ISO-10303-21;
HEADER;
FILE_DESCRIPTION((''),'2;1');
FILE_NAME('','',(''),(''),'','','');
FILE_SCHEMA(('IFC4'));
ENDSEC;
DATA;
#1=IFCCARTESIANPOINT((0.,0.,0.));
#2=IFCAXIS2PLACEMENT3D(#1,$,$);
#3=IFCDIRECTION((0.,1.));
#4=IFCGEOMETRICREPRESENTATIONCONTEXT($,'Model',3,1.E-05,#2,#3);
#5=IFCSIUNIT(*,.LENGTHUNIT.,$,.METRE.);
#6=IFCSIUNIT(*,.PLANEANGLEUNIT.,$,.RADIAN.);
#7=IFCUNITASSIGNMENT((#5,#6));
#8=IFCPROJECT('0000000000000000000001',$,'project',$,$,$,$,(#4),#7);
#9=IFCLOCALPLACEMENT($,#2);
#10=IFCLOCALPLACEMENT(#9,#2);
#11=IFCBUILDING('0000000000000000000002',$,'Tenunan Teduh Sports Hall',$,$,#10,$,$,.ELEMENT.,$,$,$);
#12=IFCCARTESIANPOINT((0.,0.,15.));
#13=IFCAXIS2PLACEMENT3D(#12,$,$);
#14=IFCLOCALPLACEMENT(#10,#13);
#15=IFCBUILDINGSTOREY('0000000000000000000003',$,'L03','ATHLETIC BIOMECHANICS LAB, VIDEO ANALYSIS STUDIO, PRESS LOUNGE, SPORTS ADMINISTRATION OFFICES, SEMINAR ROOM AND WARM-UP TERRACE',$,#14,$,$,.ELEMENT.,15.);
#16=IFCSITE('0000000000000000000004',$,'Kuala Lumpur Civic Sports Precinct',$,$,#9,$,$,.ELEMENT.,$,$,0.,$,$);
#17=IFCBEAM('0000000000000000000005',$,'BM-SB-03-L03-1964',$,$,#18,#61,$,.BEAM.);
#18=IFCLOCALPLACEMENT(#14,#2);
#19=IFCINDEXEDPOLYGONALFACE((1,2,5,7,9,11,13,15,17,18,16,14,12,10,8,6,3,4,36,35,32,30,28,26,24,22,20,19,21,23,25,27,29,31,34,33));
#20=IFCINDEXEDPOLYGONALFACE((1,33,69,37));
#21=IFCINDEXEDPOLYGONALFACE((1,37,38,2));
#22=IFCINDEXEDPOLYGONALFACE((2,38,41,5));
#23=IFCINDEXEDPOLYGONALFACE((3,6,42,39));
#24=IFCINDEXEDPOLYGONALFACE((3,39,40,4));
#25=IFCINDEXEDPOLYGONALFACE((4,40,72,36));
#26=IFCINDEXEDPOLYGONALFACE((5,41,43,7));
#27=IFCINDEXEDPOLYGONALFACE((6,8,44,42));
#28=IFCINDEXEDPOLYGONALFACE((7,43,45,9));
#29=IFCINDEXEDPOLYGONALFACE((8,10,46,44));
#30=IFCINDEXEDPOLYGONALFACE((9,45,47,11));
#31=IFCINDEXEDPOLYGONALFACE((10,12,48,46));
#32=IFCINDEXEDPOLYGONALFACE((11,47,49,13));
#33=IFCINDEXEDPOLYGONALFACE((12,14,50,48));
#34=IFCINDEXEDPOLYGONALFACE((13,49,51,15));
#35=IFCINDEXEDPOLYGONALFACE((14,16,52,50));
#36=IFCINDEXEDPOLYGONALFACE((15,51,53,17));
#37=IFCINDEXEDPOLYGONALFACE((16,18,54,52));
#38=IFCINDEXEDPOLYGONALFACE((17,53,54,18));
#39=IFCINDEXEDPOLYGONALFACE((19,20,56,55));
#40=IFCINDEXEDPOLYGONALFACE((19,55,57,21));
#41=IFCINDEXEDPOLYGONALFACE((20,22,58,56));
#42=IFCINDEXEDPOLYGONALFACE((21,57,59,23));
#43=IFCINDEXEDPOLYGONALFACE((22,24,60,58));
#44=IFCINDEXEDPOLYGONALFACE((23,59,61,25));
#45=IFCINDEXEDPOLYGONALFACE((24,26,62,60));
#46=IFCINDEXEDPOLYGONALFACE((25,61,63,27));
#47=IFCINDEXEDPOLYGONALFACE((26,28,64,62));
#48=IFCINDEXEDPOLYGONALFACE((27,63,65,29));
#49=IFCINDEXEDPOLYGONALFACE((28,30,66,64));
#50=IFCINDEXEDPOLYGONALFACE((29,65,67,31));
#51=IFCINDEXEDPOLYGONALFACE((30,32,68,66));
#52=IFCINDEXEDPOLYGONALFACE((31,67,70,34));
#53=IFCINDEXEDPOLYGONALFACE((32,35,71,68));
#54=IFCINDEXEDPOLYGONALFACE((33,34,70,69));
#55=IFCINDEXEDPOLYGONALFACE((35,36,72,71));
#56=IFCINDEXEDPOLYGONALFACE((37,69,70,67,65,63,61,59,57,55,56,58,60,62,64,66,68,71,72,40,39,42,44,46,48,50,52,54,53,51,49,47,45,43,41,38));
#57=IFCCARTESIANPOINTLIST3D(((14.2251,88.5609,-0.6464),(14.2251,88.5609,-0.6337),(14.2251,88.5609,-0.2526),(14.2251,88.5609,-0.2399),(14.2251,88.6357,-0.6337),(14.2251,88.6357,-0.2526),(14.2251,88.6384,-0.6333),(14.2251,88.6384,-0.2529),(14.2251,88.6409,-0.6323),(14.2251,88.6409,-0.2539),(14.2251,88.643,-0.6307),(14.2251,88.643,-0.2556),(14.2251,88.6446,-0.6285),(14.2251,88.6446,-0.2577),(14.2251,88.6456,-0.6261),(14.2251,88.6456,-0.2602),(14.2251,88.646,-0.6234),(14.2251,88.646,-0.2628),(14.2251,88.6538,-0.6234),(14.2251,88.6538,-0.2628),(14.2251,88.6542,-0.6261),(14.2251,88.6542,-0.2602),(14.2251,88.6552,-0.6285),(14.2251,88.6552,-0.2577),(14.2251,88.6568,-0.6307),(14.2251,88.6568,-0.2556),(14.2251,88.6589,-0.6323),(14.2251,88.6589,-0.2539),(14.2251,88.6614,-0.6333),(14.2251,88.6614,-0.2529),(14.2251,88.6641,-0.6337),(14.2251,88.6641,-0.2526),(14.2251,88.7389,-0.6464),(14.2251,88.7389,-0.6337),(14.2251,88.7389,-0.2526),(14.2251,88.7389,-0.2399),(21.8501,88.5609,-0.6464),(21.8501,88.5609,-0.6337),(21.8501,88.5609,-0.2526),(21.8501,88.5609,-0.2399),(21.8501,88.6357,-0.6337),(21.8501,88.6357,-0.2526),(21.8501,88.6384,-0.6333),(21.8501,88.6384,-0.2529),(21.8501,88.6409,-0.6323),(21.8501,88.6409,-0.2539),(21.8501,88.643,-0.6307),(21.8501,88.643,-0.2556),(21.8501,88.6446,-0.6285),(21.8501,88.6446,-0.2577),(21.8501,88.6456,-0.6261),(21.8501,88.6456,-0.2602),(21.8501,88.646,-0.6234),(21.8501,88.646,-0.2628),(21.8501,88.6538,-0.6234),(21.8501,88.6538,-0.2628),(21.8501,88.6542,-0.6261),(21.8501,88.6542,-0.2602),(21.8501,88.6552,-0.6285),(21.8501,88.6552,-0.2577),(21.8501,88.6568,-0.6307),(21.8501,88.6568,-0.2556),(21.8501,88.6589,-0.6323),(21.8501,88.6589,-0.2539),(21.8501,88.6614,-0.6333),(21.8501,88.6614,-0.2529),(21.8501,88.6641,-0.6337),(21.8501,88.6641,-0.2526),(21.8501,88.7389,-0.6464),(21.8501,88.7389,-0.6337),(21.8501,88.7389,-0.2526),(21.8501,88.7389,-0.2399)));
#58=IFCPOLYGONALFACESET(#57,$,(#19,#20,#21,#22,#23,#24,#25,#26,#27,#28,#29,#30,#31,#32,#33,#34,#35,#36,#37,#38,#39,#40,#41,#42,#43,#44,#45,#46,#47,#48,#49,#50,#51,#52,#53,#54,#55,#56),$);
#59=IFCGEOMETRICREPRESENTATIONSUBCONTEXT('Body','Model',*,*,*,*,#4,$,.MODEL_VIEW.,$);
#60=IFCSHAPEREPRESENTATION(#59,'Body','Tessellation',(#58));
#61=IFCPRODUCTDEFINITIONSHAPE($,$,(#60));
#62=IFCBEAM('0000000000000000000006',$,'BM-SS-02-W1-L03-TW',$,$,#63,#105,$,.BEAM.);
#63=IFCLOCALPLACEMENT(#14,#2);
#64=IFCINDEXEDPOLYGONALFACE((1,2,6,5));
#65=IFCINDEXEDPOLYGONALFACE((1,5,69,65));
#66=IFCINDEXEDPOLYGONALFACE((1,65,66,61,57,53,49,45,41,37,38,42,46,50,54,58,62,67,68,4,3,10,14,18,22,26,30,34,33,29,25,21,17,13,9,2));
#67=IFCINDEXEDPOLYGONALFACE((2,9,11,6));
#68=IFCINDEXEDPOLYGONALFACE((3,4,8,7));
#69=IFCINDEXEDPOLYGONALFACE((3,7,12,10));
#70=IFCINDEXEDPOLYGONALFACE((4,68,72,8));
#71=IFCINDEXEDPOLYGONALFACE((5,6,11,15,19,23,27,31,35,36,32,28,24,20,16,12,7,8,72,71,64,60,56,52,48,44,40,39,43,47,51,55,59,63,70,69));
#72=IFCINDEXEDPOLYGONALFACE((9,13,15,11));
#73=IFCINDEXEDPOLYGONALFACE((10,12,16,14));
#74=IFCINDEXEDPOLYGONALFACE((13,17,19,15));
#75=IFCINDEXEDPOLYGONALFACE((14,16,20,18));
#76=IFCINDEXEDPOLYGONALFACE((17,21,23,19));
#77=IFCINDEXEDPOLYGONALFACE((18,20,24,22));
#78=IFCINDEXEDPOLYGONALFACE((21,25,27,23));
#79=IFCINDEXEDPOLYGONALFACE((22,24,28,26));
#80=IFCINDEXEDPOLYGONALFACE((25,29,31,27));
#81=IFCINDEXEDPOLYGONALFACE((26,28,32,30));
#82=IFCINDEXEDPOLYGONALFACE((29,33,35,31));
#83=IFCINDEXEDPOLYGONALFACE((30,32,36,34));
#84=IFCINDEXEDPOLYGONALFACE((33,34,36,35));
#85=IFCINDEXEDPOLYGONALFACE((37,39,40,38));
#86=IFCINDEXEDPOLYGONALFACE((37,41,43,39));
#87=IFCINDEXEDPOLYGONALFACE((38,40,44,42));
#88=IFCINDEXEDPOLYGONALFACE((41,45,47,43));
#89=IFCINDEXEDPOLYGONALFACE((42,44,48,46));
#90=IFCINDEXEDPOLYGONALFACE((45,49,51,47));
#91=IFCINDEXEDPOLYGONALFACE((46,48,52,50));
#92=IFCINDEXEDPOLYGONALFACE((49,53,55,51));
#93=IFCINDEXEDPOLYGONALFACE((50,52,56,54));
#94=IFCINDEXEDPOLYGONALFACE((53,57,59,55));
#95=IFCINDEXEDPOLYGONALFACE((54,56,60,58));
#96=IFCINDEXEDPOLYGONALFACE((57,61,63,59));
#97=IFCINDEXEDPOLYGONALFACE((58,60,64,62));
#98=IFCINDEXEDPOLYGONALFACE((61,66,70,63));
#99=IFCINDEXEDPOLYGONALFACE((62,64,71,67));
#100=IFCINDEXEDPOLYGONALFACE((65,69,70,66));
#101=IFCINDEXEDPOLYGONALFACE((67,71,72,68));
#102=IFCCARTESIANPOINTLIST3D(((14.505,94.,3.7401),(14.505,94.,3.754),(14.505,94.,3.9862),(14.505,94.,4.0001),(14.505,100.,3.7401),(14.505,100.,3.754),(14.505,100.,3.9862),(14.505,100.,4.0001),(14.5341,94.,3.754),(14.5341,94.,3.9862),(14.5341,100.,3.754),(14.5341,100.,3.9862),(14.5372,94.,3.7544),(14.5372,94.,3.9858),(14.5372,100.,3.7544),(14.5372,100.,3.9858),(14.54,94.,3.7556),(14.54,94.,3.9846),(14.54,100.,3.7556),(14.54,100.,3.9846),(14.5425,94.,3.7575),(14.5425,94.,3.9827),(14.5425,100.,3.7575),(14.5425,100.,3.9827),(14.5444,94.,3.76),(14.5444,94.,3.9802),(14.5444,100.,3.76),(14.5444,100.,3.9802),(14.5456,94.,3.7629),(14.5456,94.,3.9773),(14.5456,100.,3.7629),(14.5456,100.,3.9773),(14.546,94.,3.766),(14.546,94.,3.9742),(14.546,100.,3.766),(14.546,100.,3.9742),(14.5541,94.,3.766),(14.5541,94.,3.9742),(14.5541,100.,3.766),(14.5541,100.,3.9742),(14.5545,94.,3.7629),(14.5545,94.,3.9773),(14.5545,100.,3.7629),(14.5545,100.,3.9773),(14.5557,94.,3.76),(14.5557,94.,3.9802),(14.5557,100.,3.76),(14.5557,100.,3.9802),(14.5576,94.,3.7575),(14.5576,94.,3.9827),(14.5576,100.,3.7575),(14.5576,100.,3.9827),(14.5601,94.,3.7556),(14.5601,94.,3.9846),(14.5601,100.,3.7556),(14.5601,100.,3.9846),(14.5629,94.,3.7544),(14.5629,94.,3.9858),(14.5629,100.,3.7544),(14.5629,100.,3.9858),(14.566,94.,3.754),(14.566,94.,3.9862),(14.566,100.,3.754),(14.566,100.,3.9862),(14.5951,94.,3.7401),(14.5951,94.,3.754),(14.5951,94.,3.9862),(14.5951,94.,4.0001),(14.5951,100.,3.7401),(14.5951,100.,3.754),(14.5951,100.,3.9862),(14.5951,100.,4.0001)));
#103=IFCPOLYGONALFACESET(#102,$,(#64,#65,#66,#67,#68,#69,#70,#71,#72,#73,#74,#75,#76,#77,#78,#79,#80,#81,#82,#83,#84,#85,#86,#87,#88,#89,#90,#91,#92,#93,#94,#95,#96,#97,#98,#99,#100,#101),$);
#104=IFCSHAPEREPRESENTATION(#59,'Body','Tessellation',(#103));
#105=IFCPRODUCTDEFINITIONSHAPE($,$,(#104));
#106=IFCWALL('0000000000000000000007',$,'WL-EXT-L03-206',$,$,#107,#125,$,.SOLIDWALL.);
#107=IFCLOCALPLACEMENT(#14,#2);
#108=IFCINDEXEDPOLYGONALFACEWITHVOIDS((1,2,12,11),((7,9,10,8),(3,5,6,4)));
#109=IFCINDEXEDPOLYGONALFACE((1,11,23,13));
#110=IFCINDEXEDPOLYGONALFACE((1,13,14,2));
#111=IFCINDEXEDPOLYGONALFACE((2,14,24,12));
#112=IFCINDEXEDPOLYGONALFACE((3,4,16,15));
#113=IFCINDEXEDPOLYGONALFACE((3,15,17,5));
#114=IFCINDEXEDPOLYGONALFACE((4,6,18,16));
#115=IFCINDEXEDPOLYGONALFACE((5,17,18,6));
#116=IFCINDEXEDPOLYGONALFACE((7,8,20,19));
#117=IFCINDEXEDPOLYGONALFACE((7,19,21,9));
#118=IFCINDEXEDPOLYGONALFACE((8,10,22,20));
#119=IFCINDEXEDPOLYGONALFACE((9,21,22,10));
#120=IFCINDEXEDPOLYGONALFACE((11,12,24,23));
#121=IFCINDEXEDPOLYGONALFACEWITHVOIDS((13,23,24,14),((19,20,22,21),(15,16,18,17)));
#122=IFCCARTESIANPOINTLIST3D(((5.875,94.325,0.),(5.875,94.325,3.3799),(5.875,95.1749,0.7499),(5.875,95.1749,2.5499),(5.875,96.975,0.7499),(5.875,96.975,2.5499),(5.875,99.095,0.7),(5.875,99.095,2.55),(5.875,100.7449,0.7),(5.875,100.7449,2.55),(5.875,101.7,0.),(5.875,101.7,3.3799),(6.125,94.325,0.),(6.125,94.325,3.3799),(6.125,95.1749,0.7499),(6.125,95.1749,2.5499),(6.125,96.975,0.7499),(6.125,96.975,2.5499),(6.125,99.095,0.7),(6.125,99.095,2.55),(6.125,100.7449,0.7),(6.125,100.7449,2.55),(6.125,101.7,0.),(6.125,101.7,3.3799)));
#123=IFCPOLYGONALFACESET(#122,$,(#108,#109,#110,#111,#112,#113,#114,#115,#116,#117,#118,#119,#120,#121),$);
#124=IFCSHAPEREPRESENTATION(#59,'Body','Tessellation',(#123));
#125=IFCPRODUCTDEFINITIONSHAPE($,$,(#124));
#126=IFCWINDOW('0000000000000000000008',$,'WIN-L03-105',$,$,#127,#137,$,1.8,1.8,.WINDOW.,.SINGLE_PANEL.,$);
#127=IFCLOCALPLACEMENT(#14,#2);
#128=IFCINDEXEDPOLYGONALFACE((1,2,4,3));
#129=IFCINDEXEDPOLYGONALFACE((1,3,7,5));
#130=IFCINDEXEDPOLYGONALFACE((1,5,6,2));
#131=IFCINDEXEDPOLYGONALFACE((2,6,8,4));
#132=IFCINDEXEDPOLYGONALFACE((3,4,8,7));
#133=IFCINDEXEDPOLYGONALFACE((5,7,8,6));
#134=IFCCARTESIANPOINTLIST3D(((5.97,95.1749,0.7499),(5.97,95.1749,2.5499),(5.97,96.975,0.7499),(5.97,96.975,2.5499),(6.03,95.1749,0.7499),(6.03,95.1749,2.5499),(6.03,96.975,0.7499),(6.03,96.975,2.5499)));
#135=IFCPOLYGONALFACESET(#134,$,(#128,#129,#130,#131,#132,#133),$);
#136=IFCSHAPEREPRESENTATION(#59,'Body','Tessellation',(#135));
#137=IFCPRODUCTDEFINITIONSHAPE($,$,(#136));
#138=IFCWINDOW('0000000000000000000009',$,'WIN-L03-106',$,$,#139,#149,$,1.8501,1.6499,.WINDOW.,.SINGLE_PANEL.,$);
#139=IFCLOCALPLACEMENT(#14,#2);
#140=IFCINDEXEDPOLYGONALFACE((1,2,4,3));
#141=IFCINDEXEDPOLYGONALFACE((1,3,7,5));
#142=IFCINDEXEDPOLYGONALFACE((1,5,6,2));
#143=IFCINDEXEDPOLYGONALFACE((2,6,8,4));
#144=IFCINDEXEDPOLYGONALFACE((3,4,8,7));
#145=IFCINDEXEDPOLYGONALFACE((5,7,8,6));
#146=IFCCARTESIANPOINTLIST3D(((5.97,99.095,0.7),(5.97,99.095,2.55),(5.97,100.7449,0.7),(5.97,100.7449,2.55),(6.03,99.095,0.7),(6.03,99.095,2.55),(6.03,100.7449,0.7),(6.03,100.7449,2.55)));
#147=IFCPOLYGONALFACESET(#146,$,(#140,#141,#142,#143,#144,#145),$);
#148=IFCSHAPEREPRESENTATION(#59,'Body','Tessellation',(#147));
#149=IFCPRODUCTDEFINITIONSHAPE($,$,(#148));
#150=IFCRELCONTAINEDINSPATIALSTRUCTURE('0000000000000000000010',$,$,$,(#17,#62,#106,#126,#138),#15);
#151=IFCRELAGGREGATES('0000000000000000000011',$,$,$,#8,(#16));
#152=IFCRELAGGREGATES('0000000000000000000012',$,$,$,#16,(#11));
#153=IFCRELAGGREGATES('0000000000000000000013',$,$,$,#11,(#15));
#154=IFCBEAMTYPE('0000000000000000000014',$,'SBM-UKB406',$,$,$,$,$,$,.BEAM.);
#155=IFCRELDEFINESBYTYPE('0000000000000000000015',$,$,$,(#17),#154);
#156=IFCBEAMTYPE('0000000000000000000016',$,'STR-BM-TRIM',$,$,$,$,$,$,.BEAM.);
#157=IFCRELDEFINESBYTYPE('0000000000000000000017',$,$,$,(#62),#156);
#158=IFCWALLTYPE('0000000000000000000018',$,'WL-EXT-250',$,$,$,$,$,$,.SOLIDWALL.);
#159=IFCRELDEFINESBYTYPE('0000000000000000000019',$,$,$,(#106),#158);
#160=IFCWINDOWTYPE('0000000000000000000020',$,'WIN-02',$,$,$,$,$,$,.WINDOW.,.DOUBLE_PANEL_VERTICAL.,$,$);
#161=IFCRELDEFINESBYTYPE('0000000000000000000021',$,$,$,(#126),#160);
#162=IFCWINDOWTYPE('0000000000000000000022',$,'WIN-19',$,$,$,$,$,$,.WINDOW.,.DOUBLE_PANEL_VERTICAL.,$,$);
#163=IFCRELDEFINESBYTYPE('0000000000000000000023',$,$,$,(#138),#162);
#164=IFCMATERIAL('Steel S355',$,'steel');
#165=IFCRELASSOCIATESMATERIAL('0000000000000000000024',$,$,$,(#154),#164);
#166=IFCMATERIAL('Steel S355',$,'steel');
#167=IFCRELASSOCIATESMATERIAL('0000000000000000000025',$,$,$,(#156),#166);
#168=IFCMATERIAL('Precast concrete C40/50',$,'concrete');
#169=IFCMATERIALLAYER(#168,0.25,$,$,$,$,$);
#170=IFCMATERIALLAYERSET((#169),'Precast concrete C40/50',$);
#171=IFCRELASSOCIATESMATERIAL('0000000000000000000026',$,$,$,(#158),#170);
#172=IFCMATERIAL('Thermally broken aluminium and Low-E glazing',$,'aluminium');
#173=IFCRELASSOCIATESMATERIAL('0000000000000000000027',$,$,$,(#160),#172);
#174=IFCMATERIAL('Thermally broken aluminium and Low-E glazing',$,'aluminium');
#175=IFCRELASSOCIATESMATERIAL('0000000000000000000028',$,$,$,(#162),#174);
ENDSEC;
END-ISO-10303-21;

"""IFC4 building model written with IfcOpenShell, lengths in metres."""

from ifc_helpers import new_model, si_unit, direction, frame, frame_2d, origin, origin_2d, place, context, subcontext, project, spatial, rectangle, i_section, extrude, material, layer, layer_set, material_profile, profile_set, type_object, element, fill, save


model = new_model("IFC4")

# Units and contexts
model_context = context("Model", 3, precision=1e-05, world=origin(), true_north=direction((0.0, 1.0)))
body_context = subcontext(model_context, "Body", "Model", "MODEL_VIEW")
ifc_project = project(units=[si_unit("LENGTHUNIT", "METRE"), si_unit("PLANEANGLEUNIT", "RADIAN")], contexts=[model_context])

# Site, building, storey
site_placement = place(None, origin())
site = spatial("IfcSite", under=ifc_project, at=site_placement, Name="Kuala Lumpur Civic Sports Precinct", CompositionType="ELEMENT", RefElevation=0.0)
building_placement = place(site_placement, origin())
building = spatial("IfcBuilding", under=site, at=building_placement, Name="Tenunan Teduh Sports Hall", CompositionType="ELEMENT")
storey_placement = place(building_placement, frame((0.0, 0.0, 15.0)))
storey = spatial("IfcBuildingStorey", under=building, at=storey_placement, Name="L03", Description="ATHLETIC BIOMECHANICS LAB, VIDEO ANALYSIS STUDIO, PRESS LOUNGE, SPORTS ADMINISTRATION OFFICES, SEMINAR ROOM AND WARM-UP TERRACE", CompositionType="ELEMENT", Elevation=15.0)

# Beams
ifc_material_1 = material(Name="Steel S355", Category="steel")
ifc_material_profile_1 = material_profile(ifc_material_1, i_section(OverallWidth=0.178, OverallDepth=0.4065, WebThickness=0.0078, FlangeThickness=0.0127, FilletRadius=0.0103, at=origin_2d()), Name="UKB 406x178x60")
ifc_profile_set_1 = profile_set([ifc_material_profile_1], Name="Steel S355")
beam_type_1 = type_object("IfcBeamType", Name="SBM-UKB406", PredefinedType="BEAM", material=ifc_profile_set_1)
beam_1_placement = place(storey_placement, frame((14.2251, 88.6499, -0.4431), z_axis=(1.0, 0.0, 0.0), x_axis=(0.0, 1.0, 0.0)))
element("IfcBeam", 1, at=beam_1_placement, inside=storey, type_object=beam_type_1, Name="BM-SB-03-L03-1964", PredefinedType="BEAM", context=body_context, shape_type="SweptSolid", body=[
    extrude(i_section(OverallWidth=0.178, OverallDepth=0.4065, WebThickness=0.0078, FlangeThickness=0.0127, FilletRadius=0.0103, at=origin_2d()), origin(), (0.0, 0.0, 1.0), 7.625),
])
ifc_material_2 = material(Name="Steel S355", Category="steel")
ifc_material_profile_2 = material_profile(ifc_material_2, i_section(OverallWidth=0.0901, OverallDepth=0.26, WebThickness=0.0081, FlangeThickness=0.0139, FilletRadius=0.012, at=origin_2d()), Name="PFC 260x90")
ifc_profile_set_2 = profile_set([ifc_material_profile_2], Name="Steel S355")
beam_type_2 = type_object("IfcBeamType", Name="STR-BM-TRIM", PredefinedType="BEAM", material=ifc_profile_set_2)
beam_2_placement = place(storey_placement, frame((14.55, 94.0, 3.8701), z_axis=(0.0, 1.0, 0.0), x_axis=(-1.0, 0.0, 0.0)))
element("IfcBeam", 2, at=beam_2_placement, inside=storey, type_object=beam_type_2, Name="BM-SS-02-W1-L03-TW", PredefinedType="BEAM", context=body_context, shape_type="SweptSolid", body=[
    extrude(i_section(OverallWidth=0.0901, OverallDepth=0.26, WebThickness=0.0081, FlangeThickness=0.0139, FilletRadius=0.012, at=origin_2d()), origin(), (0.0, 0.0, 1.0), 6.0),
])

# Wall, openings, windows
ifc_material_3 = material(Name="Precast concrete C40/50", Category="concrete")
ifc_layer_1 = layer(ifc_material_3, 0.25)
ifc_layer_set_1 = layer_set([ifc_layer_1], Name="Precast concrete C40/50")
wall_type_1 = type_object("IfcWallType", Name="WL-EXT-250", PredefinedType="SOLIDWALL", material=ifc_layer_set_1)
wall_1_placement = place(storey_placement, frame((6.0, 94.325, 0.0), z_axis=(0.0, 0.0, 1.0), x_axis=(0.0, 1.0, 0.0)))
wall_1 = element("IfcWall", 3, at=wall_1_placement, inside=storey, type_object=wall_type_1, Name="WL-EXT-L03-206", PredefinedType="SOLIDWALL", context=body_context, shape_type="SweptSolid", body=[
    extrude(rectangle(XDim=7.375, YDim=0.25, at=frame_2d((3.6875, 0.0))), origin(), (0.0, 0.0, 1.0), 3.3799),
])
opening_1_placement = place(wall_1_placement, frame((0.8501, 0.0, 0.75)))
opening_1 = element("IfcOpeningElement", 4, at=opening_1_placement, cuts=wall_1, PredefinedType="OPENING", context=body_context, shape_type="SweptSolid", body=[
    extrude(rectangle(XDim=1.8, YDim=1.8, at=frame_2d((0.8999, 0.8999))), frame((0.0, 0.135, 0.0), z_axis=(0.0, -1.0, 0.0), x_axis=(1.0, 0.0, 0.0)), (0.0, 0.0, 1.0), 0.27),
])
opening_2_placement = place(wall_1_placement, frame((4.77, 0.0, 0.7)))
opening_2 = element("IfcOpeningElement", 5, at=opening_2_placement, cuts=wall_1, PredefinedType="OPENING", context=body_context, shape_type="SweptSolid", body=[
    extrude(rectangle(XDim=1.6499, YDim=1.8501, at=frame_2d((0.825, 0.925))), frame((0.0, 0.135, 0.0), z_axis=(0.0, -1.0, 0.0), x_axis=(1.0, 0.0, 0.0)), (0.0, 0.0, 1.0), 0.27),
])
ifc_material_4 = material(Name="Thermally broken aluminium and Low-E glazing", Category="aluminium")
window_type_1 = type_object("IfcWindowType", Name="WIN-02", PartitioningType="DOUBLE_PANEL_VERTICAL", PredefinedType="WINDOW", material=ifc_material_4)
window_1_placement = place(opening_1_placement, origin())
window_1 = element("IfcWindow", 6, at=window_1_placement, inside=storey, type_object=window_type_1, Name="WIN-L03-105", OverallHeight=1.8, OverallWidth=1.8, PartitioningType="SINGLE_PANEL", PredefinedType="WINDOW", context=body_context, shape_type="SweptSolid", body=[
    extrude(rectangle(XDim=1.8, YDim=1.8, at=frame_2d((0.8999, 0.8999))), frame((0.0, 0.03, 0.0), z_axis=(0.0, -1.0, 0.0), x_axis=(1.0, 0.0, 0.0)), (0.0, 0.0, 1.0), 0.0601),
])
fill(opening_1, window_1)
ifc_material_5 = material(Name="Thermally broken aluminium and Low-E glazing", Category="aluminium")
window_type_2 = type_object("IfcWindowType", Name="WIN-19", PartitioningType="DOUBLE_PANEL_VERTICAL", PredefinedType="WINDOW", material=ifc_material_5)
window_2_placement = place(opening_2_placement, origin())
window_2 = element("IfcWindow", 7, at=window_2_placement, inside=storey, type_object=window_type_2, Name="WIN-L03-106", OverallHeight=1.8501, OverallWidth=1.6499, PartitioningType="SINGLE_PANEL", PredefinedType="WINDOW", context=body_context, shape_type="SweptSolid", body=[
    extrude(rectangle(XDim=1.6499, YDim=1.8501, at=frame_2d((0.825, 0.925))), frame((0.0, 0.03, 0.0), z_axis=(0.0, -1.0, 0.0), x_axis=(1.0, 0.0, 0.0)), (0.0, 0.0, 1.0), 0.0601),
])
fill(opening_2, window_2)

save(model, "model.ifc")
